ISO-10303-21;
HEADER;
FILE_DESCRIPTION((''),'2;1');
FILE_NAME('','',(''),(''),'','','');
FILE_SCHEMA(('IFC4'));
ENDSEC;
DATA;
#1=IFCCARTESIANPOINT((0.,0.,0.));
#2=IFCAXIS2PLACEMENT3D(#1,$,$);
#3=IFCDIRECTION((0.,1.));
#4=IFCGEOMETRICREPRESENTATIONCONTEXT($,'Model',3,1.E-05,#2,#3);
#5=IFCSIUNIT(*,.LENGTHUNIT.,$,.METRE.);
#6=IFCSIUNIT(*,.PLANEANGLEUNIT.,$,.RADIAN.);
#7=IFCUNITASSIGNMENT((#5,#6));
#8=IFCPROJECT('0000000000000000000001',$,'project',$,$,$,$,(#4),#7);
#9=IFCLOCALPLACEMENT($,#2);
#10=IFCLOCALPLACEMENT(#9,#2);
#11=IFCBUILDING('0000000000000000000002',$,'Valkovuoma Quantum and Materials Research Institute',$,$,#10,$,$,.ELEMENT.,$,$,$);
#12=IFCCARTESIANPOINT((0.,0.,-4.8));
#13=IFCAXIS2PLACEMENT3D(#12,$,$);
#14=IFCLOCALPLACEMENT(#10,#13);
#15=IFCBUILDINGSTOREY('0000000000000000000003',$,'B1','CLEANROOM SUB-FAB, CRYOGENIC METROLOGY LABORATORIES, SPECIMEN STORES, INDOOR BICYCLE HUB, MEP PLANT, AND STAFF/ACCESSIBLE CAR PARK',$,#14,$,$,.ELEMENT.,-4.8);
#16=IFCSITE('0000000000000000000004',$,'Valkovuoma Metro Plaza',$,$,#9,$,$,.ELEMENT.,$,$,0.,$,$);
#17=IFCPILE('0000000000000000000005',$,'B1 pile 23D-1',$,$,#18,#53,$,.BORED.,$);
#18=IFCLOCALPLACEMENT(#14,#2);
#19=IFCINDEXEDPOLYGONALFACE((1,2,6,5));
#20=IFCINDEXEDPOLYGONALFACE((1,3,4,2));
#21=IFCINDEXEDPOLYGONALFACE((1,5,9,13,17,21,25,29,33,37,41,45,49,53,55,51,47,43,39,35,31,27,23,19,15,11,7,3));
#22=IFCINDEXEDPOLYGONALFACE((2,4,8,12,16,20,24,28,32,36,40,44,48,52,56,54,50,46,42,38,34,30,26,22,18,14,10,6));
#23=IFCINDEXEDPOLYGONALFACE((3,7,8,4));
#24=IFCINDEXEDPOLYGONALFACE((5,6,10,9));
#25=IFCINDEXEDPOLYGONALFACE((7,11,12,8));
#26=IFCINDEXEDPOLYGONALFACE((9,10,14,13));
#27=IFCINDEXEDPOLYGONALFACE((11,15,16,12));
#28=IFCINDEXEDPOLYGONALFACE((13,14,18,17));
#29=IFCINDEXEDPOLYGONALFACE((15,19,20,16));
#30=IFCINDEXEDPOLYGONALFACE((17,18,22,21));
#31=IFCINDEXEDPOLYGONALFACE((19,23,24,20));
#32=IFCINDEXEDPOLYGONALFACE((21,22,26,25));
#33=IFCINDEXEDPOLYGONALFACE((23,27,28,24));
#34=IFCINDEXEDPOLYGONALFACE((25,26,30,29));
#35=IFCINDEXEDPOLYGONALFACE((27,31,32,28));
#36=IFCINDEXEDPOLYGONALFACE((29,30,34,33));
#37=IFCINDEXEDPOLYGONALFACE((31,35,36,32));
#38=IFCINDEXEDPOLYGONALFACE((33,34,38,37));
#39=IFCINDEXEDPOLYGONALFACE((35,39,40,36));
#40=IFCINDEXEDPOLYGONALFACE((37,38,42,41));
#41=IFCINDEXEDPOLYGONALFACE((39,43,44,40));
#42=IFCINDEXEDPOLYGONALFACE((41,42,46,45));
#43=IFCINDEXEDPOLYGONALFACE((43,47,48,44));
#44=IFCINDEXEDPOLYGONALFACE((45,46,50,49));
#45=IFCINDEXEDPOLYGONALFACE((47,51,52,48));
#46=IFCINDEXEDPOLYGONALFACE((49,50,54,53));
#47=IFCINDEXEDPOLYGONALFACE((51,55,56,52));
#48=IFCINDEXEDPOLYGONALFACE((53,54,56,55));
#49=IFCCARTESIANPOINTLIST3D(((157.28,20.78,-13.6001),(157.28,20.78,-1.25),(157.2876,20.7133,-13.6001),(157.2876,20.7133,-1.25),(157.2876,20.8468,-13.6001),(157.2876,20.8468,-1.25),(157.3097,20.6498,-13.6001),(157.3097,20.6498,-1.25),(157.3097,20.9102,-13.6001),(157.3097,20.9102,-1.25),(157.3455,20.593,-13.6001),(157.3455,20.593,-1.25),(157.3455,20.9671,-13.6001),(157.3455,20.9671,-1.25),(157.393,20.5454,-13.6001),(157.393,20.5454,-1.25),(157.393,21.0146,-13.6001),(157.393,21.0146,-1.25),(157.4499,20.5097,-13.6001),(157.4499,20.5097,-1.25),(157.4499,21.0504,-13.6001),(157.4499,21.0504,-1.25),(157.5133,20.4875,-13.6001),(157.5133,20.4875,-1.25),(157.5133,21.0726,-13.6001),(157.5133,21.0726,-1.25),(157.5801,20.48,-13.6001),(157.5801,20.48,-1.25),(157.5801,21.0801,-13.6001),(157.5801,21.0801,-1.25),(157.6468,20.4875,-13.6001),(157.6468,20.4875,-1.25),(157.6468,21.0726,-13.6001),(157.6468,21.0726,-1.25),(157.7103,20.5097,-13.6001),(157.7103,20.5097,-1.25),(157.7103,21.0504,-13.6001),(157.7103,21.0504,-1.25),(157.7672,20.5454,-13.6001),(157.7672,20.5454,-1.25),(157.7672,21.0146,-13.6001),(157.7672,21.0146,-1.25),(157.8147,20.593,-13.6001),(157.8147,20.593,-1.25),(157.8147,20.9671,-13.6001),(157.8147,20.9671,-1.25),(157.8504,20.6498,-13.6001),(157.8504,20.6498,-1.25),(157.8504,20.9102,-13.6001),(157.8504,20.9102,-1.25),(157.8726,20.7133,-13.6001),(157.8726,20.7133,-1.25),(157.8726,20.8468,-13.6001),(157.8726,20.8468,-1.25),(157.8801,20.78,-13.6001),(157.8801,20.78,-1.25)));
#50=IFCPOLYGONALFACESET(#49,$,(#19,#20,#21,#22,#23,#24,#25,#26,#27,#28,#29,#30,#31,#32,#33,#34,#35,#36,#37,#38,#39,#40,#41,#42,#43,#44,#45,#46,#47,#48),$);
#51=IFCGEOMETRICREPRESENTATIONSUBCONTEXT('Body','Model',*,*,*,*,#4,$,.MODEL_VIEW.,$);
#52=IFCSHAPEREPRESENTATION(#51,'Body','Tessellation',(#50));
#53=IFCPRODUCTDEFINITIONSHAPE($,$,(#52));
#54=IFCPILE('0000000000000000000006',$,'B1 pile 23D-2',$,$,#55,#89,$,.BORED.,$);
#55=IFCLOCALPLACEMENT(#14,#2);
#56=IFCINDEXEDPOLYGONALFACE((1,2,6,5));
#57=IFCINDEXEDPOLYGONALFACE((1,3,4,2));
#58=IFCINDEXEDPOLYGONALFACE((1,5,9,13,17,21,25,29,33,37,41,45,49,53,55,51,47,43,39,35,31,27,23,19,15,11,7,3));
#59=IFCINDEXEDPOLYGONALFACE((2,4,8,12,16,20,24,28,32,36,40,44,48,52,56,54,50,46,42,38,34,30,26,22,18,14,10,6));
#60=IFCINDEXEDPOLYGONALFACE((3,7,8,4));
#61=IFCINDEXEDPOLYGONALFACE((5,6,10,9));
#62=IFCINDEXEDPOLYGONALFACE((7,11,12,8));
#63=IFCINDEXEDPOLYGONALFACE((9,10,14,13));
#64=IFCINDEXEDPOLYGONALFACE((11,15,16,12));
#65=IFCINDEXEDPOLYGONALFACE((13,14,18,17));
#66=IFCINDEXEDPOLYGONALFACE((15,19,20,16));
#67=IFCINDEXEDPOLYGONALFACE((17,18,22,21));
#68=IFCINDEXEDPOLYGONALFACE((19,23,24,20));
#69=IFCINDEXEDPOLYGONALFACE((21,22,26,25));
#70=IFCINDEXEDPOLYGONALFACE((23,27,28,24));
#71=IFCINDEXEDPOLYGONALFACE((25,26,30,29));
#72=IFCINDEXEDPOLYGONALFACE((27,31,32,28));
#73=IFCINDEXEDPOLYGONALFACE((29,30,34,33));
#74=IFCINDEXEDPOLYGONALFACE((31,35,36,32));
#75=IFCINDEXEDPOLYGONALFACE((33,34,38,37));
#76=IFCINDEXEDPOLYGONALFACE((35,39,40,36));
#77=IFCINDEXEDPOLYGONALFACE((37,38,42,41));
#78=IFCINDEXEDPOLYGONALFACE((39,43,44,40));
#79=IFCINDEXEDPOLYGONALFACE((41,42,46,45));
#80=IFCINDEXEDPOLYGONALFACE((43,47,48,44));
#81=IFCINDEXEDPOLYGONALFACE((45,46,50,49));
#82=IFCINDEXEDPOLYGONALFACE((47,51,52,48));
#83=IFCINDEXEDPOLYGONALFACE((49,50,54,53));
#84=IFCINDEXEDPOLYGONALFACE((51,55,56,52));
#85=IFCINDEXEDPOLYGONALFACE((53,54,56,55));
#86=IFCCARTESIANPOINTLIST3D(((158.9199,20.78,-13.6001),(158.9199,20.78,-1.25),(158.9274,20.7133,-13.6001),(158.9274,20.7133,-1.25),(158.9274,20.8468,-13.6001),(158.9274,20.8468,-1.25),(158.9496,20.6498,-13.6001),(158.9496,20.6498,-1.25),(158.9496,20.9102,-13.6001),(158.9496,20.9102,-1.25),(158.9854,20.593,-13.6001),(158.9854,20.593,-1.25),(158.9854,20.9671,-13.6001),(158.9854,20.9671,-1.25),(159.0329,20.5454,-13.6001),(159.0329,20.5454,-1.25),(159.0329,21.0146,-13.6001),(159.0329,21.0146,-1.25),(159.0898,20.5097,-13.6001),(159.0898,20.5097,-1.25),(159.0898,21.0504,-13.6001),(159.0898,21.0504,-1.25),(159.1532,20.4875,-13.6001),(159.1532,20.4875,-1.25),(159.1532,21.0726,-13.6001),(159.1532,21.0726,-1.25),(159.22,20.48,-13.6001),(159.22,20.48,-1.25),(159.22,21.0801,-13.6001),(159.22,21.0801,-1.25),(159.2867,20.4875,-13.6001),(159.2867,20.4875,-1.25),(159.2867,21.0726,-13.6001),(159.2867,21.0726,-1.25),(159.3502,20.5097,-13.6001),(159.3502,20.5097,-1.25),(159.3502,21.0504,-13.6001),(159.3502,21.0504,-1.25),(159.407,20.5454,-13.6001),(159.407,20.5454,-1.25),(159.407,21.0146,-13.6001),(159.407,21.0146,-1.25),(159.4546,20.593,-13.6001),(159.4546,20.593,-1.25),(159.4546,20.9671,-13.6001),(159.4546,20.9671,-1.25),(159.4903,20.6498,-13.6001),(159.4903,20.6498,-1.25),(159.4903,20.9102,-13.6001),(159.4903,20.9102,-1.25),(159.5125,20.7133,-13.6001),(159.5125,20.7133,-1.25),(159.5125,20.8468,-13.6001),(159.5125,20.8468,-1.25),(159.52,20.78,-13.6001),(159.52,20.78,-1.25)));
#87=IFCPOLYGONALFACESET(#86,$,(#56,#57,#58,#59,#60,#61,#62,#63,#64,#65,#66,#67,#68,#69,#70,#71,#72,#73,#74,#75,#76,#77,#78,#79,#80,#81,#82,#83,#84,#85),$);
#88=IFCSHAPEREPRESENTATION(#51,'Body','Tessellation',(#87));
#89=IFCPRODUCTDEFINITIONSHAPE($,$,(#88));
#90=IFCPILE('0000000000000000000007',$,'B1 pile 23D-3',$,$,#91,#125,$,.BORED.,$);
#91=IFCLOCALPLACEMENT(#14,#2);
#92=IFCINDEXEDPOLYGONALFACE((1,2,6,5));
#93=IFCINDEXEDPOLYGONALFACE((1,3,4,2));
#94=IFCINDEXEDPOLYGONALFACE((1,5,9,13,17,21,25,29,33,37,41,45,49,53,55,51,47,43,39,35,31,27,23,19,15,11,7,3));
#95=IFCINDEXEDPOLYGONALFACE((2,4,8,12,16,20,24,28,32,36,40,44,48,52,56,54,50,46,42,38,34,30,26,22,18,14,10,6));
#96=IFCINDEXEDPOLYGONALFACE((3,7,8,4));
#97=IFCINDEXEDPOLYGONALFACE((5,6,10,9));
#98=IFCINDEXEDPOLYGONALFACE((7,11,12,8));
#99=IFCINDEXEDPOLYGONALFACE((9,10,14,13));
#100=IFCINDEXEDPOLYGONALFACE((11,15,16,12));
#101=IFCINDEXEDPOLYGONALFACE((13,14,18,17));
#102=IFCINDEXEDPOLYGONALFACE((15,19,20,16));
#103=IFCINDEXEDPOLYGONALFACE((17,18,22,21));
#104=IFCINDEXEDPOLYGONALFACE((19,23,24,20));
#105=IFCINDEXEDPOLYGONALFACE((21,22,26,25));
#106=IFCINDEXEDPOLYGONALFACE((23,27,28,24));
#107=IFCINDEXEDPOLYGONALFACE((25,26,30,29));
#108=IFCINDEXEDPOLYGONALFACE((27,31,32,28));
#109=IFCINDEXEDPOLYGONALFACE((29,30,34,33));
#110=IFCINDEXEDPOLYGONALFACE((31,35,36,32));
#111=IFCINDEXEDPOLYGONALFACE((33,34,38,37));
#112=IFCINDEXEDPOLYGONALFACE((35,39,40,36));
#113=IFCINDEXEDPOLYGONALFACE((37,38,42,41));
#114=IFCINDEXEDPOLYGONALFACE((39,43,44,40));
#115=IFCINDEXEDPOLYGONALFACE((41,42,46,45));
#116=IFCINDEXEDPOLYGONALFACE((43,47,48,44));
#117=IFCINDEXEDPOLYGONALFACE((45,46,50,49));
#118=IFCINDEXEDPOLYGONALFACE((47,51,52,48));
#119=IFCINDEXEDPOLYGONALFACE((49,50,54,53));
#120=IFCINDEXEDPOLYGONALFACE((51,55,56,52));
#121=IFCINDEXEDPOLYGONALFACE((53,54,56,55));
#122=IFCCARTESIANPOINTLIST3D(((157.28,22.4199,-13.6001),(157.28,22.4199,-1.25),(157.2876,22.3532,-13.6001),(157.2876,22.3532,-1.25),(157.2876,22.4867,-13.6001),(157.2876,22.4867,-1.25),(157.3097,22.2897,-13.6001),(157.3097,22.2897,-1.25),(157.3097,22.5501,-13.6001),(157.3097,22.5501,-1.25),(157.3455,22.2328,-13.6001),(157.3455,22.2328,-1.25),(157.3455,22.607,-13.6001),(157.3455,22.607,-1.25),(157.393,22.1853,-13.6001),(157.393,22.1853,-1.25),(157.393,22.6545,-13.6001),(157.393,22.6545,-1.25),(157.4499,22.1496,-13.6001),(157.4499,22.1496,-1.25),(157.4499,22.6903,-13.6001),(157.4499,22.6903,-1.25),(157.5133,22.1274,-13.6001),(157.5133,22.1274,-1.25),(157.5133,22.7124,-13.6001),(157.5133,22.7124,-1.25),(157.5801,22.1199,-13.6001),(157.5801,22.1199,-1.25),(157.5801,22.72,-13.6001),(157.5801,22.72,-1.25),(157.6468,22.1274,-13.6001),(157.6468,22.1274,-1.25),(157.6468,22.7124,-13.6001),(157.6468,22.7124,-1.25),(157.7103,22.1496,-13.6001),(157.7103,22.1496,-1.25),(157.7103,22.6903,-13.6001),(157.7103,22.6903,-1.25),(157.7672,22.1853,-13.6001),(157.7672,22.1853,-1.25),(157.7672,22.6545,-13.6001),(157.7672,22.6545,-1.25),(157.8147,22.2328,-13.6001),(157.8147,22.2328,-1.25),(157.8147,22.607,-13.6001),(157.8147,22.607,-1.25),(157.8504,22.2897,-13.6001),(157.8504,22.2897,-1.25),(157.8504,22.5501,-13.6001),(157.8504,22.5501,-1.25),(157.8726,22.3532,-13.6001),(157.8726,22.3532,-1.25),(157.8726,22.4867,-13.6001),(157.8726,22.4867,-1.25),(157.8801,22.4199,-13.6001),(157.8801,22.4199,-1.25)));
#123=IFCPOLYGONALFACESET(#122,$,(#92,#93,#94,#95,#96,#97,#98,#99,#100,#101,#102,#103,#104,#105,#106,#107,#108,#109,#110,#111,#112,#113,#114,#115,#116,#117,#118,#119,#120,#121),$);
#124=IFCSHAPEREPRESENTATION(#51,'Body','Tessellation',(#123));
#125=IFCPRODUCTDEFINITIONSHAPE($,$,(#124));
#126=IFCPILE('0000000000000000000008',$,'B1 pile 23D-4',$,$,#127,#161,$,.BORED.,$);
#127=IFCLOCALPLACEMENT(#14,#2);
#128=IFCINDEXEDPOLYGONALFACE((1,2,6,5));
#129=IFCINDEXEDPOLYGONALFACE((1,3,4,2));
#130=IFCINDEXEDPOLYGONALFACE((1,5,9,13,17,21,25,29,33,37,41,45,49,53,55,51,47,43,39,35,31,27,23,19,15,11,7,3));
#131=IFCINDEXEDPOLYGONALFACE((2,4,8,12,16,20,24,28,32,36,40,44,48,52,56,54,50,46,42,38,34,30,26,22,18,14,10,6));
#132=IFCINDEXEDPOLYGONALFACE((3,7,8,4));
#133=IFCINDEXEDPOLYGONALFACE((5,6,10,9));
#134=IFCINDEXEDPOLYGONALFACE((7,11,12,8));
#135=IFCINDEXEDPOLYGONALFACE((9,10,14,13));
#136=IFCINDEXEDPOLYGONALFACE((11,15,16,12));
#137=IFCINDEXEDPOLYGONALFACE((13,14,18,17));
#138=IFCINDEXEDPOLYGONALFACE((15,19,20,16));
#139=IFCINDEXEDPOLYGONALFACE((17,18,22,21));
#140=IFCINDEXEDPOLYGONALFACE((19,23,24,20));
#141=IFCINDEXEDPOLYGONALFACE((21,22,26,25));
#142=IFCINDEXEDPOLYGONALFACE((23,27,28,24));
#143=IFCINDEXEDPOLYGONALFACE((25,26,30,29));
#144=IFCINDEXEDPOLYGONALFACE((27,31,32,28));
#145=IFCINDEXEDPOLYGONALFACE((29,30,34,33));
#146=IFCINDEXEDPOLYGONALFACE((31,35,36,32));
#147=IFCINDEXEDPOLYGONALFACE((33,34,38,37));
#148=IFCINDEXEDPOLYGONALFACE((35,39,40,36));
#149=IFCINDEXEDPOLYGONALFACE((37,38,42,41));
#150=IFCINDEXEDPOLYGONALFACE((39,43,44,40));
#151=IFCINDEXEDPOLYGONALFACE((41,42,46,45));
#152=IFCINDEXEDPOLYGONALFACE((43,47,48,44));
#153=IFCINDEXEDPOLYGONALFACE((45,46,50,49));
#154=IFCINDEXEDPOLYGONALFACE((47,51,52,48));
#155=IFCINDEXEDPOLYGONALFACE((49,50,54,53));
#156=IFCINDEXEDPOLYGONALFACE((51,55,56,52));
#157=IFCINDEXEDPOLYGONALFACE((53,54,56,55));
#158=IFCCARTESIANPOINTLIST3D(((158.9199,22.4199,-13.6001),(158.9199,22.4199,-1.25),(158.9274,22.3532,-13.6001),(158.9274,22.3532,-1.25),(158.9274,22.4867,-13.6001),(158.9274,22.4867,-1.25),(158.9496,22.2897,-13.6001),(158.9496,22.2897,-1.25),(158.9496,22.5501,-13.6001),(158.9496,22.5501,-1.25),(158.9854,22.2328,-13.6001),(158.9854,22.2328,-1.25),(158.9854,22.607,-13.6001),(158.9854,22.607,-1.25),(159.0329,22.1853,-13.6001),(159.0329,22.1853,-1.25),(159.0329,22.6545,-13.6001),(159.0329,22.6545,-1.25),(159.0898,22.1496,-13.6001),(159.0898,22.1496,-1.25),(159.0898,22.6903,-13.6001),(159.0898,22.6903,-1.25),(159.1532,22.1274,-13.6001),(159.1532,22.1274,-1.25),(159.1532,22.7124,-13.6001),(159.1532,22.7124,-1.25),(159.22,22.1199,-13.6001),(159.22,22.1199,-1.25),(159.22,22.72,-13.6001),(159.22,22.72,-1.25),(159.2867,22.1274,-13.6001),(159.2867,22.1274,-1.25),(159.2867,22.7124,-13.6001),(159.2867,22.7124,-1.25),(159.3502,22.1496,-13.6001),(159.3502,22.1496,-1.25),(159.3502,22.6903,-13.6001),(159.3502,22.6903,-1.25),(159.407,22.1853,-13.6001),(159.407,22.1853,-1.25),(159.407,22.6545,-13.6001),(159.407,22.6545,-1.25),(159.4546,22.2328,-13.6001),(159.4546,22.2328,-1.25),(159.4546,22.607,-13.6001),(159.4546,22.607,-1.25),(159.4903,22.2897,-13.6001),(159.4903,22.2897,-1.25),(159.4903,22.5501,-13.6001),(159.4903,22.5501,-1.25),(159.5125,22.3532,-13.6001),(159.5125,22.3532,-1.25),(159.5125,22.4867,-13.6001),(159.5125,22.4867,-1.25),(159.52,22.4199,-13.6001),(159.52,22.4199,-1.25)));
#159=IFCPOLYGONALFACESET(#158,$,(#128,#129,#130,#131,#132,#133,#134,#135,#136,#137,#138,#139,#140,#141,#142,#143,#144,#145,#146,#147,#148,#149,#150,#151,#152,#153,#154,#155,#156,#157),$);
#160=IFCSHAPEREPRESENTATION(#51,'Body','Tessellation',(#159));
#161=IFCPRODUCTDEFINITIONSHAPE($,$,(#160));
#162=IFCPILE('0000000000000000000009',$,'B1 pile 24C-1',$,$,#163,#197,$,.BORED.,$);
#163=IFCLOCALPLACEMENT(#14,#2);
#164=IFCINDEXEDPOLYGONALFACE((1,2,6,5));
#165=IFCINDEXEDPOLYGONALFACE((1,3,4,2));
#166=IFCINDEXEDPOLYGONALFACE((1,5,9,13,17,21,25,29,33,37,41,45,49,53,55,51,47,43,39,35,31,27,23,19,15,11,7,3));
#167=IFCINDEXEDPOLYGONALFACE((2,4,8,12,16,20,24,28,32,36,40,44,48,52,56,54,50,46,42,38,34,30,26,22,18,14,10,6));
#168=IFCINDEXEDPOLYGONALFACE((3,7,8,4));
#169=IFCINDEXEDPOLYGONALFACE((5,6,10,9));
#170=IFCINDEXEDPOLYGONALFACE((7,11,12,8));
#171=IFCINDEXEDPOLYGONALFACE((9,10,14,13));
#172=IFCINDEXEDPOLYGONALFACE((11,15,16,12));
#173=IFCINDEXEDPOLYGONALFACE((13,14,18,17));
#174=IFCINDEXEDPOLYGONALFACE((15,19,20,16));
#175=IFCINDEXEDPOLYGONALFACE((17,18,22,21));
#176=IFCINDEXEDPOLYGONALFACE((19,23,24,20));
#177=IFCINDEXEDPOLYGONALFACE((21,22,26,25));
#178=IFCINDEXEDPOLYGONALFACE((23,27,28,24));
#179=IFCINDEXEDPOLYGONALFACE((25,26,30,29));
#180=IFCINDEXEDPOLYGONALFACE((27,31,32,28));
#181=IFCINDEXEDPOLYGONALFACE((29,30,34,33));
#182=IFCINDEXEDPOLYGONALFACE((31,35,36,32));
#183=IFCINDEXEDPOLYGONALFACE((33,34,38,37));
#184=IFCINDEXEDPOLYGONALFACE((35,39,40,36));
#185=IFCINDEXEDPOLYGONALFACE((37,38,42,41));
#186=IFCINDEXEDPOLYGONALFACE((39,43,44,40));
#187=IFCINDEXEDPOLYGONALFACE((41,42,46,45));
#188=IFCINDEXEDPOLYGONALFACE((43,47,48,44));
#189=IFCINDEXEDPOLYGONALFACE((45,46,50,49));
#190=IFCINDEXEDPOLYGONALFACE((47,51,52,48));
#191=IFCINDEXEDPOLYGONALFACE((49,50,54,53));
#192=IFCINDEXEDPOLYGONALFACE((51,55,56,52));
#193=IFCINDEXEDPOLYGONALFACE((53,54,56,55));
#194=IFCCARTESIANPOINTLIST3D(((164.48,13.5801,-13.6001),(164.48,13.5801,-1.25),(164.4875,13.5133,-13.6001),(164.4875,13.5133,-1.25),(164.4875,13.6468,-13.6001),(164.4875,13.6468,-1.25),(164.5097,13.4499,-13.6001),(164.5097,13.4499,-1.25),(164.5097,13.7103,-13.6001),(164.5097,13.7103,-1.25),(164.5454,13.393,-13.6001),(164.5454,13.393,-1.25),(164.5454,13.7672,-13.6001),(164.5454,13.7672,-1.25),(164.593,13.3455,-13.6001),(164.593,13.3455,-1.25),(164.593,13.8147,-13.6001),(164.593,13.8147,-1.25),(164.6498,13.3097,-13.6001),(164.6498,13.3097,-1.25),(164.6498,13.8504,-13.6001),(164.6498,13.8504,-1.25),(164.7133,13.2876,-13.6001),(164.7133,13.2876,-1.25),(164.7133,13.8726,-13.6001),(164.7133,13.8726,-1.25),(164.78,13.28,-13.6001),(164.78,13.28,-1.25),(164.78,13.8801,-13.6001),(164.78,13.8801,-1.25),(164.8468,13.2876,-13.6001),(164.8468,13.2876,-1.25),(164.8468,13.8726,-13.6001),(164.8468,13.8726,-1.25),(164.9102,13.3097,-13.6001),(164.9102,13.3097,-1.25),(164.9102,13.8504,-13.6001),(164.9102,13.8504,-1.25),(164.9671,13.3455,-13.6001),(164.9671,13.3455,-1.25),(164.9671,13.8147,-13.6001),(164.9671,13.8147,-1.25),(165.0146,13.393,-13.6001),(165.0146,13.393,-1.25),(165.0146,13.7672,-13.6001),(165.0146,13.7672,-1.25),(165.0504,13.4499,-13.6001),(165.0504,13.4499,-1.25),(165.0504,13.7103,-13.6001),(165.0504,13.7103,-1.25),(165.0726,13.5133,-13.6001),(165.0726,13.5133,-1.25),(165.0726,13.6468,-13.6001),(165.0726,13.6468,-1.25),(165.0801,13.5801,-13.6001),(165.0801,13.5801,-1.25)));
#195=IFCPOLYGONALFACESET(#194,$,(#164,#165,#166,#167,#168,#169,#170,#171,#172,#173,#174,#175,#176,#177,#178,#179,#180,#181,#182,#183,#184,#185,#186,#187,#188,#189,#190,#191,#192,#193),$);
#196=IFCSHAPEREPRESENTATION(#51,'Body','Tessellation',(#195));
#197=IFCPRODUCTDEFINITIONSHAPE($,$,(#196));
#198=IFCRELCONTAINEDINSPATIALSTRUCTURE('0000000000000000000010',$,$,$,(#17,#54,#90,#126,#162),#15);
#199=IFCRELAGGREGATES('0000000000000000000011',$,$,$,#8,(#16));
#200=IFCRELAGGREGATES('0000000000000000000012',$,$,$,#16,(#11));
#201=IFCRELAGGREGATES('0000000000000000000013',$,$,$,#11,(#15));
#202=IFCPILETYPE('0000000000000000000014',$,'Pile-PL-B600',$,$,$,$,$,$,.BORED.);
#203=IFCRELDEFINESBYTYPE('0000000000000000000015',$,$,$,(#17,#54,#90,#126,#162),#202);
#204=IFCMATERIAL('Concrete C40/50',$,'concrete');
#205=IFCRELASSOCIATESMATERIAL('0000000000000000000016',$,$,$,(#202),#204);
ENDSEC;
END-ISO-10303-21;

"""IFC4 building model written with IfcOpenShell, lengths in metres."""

from ifc_helpers import new_model, si_unit, direction, frame, origin, origin_2d, place, context, subcontext, project, spatial, circle, extrude, material, material_profile, profile_set, type_object, element, save


model = new_model("IFC4")

# Units and contexts
model_context = context("Model", 3, precision=1e-05, world=origin(), true_north=direction((0.0, 1.0)))
body_context = subcontext(model_context, "Body", "Model", "MODEL_VIEW")
ifc_project = project(units=[si_unit("LENGTHUNIT", "METRE"), si_unit("PLANEANGLEUNIT", "RADIAN")], contexts=[model_context])

# Site, building, storey
site_placement = place(None, origin())
site = spatial("IfcSite", under=ifc_project, at=site_placement, Name="Valkovuoma Metro Plaza", CompositionType="ELEMENT", RefElevation=0.0)
building_placement = place(site_placement, origin())
building = spatial("IfcBuilding", under=site, at=building_placement, Name="Valkovuoma Quantum and Materials Research Institute", CompositionType="ELEMENT")
storey_placement = place(building_placement, frame((0.0, 0.0, -4.8)))
storey = spatial("IfcBuildingStorey", under=building, at=storey_placement, Name="B1", Description="CLEANROOM SUB-FAB, CRYOGENIC METROLOGY LABORATORIES, SPECIMEN STORES, INDOOR BICYCLE HUB, MEP PLANT, AND STAFF/ACCESSIBLE CAR PARK", CompositionType="ELEMENT", Elevation=-4.8)

# Piles
ifc_material_1 = material(Name="Concrete C40/50", Category="concrete")
ifc_material_profile_1 = material_profile(ifc_material_1, circle(Radius=0.3, at=origin_2d()), Name="Concrete C40/50")
ifc_profile_set_1 = profile_set([ifc_material_profile_1], Name="Concrete C40/50")
pile_type_1 = type_object("IfcPileType", Name="Pile-PL-B600", PredefinedType="BORED", material=ifc_profile_set_1)
for number, where, z_axis, x_axis, name in (
    (1, (157.5801, 20.78, -1.25), (0.0, 0.0, -1.0), (1.0, 0.0, 0.0), "B1 pile 23D-1"),
    (2, (159.22, 20.78, -1.25), (0.0, 0.0, -1.0), (1.0, 0.0, 0.0), "B1 pile 23D-2"),
    (3, (157.5801, 22.4199, -1.25), (0.0, 0.0, -1.0), (1.0, 0.0, 0.0), "B1 pile 23D-3"),
    (4, (159.22, 22.4199, -1.25), (0.0, 0.0, -1.0), (1.0, 0.0, 0.0), "B1 pile 23D-4"),
    (5, (164.78, 13.5801, -1.25), (0.0, 0.0, -1.0), (1.0, 0.0, 0.0), "B1 pile 24C-1"),
):
    element("IfcPile", number, at=place(storey_placement, frame(where, z_axis=z_axis, x_axis=x_axis)), inside=storey, type_object=pile_type_1, Name=name, PredefinedType="BORED", context=body_context, shape_type="SweptSolid", body=[
        extrude(circle(Radius=0.3, at=origin_2d()), origin(), (0.0, 0.0, 1.0), 12.3501),
    ])

save(model, "model.ifc")
